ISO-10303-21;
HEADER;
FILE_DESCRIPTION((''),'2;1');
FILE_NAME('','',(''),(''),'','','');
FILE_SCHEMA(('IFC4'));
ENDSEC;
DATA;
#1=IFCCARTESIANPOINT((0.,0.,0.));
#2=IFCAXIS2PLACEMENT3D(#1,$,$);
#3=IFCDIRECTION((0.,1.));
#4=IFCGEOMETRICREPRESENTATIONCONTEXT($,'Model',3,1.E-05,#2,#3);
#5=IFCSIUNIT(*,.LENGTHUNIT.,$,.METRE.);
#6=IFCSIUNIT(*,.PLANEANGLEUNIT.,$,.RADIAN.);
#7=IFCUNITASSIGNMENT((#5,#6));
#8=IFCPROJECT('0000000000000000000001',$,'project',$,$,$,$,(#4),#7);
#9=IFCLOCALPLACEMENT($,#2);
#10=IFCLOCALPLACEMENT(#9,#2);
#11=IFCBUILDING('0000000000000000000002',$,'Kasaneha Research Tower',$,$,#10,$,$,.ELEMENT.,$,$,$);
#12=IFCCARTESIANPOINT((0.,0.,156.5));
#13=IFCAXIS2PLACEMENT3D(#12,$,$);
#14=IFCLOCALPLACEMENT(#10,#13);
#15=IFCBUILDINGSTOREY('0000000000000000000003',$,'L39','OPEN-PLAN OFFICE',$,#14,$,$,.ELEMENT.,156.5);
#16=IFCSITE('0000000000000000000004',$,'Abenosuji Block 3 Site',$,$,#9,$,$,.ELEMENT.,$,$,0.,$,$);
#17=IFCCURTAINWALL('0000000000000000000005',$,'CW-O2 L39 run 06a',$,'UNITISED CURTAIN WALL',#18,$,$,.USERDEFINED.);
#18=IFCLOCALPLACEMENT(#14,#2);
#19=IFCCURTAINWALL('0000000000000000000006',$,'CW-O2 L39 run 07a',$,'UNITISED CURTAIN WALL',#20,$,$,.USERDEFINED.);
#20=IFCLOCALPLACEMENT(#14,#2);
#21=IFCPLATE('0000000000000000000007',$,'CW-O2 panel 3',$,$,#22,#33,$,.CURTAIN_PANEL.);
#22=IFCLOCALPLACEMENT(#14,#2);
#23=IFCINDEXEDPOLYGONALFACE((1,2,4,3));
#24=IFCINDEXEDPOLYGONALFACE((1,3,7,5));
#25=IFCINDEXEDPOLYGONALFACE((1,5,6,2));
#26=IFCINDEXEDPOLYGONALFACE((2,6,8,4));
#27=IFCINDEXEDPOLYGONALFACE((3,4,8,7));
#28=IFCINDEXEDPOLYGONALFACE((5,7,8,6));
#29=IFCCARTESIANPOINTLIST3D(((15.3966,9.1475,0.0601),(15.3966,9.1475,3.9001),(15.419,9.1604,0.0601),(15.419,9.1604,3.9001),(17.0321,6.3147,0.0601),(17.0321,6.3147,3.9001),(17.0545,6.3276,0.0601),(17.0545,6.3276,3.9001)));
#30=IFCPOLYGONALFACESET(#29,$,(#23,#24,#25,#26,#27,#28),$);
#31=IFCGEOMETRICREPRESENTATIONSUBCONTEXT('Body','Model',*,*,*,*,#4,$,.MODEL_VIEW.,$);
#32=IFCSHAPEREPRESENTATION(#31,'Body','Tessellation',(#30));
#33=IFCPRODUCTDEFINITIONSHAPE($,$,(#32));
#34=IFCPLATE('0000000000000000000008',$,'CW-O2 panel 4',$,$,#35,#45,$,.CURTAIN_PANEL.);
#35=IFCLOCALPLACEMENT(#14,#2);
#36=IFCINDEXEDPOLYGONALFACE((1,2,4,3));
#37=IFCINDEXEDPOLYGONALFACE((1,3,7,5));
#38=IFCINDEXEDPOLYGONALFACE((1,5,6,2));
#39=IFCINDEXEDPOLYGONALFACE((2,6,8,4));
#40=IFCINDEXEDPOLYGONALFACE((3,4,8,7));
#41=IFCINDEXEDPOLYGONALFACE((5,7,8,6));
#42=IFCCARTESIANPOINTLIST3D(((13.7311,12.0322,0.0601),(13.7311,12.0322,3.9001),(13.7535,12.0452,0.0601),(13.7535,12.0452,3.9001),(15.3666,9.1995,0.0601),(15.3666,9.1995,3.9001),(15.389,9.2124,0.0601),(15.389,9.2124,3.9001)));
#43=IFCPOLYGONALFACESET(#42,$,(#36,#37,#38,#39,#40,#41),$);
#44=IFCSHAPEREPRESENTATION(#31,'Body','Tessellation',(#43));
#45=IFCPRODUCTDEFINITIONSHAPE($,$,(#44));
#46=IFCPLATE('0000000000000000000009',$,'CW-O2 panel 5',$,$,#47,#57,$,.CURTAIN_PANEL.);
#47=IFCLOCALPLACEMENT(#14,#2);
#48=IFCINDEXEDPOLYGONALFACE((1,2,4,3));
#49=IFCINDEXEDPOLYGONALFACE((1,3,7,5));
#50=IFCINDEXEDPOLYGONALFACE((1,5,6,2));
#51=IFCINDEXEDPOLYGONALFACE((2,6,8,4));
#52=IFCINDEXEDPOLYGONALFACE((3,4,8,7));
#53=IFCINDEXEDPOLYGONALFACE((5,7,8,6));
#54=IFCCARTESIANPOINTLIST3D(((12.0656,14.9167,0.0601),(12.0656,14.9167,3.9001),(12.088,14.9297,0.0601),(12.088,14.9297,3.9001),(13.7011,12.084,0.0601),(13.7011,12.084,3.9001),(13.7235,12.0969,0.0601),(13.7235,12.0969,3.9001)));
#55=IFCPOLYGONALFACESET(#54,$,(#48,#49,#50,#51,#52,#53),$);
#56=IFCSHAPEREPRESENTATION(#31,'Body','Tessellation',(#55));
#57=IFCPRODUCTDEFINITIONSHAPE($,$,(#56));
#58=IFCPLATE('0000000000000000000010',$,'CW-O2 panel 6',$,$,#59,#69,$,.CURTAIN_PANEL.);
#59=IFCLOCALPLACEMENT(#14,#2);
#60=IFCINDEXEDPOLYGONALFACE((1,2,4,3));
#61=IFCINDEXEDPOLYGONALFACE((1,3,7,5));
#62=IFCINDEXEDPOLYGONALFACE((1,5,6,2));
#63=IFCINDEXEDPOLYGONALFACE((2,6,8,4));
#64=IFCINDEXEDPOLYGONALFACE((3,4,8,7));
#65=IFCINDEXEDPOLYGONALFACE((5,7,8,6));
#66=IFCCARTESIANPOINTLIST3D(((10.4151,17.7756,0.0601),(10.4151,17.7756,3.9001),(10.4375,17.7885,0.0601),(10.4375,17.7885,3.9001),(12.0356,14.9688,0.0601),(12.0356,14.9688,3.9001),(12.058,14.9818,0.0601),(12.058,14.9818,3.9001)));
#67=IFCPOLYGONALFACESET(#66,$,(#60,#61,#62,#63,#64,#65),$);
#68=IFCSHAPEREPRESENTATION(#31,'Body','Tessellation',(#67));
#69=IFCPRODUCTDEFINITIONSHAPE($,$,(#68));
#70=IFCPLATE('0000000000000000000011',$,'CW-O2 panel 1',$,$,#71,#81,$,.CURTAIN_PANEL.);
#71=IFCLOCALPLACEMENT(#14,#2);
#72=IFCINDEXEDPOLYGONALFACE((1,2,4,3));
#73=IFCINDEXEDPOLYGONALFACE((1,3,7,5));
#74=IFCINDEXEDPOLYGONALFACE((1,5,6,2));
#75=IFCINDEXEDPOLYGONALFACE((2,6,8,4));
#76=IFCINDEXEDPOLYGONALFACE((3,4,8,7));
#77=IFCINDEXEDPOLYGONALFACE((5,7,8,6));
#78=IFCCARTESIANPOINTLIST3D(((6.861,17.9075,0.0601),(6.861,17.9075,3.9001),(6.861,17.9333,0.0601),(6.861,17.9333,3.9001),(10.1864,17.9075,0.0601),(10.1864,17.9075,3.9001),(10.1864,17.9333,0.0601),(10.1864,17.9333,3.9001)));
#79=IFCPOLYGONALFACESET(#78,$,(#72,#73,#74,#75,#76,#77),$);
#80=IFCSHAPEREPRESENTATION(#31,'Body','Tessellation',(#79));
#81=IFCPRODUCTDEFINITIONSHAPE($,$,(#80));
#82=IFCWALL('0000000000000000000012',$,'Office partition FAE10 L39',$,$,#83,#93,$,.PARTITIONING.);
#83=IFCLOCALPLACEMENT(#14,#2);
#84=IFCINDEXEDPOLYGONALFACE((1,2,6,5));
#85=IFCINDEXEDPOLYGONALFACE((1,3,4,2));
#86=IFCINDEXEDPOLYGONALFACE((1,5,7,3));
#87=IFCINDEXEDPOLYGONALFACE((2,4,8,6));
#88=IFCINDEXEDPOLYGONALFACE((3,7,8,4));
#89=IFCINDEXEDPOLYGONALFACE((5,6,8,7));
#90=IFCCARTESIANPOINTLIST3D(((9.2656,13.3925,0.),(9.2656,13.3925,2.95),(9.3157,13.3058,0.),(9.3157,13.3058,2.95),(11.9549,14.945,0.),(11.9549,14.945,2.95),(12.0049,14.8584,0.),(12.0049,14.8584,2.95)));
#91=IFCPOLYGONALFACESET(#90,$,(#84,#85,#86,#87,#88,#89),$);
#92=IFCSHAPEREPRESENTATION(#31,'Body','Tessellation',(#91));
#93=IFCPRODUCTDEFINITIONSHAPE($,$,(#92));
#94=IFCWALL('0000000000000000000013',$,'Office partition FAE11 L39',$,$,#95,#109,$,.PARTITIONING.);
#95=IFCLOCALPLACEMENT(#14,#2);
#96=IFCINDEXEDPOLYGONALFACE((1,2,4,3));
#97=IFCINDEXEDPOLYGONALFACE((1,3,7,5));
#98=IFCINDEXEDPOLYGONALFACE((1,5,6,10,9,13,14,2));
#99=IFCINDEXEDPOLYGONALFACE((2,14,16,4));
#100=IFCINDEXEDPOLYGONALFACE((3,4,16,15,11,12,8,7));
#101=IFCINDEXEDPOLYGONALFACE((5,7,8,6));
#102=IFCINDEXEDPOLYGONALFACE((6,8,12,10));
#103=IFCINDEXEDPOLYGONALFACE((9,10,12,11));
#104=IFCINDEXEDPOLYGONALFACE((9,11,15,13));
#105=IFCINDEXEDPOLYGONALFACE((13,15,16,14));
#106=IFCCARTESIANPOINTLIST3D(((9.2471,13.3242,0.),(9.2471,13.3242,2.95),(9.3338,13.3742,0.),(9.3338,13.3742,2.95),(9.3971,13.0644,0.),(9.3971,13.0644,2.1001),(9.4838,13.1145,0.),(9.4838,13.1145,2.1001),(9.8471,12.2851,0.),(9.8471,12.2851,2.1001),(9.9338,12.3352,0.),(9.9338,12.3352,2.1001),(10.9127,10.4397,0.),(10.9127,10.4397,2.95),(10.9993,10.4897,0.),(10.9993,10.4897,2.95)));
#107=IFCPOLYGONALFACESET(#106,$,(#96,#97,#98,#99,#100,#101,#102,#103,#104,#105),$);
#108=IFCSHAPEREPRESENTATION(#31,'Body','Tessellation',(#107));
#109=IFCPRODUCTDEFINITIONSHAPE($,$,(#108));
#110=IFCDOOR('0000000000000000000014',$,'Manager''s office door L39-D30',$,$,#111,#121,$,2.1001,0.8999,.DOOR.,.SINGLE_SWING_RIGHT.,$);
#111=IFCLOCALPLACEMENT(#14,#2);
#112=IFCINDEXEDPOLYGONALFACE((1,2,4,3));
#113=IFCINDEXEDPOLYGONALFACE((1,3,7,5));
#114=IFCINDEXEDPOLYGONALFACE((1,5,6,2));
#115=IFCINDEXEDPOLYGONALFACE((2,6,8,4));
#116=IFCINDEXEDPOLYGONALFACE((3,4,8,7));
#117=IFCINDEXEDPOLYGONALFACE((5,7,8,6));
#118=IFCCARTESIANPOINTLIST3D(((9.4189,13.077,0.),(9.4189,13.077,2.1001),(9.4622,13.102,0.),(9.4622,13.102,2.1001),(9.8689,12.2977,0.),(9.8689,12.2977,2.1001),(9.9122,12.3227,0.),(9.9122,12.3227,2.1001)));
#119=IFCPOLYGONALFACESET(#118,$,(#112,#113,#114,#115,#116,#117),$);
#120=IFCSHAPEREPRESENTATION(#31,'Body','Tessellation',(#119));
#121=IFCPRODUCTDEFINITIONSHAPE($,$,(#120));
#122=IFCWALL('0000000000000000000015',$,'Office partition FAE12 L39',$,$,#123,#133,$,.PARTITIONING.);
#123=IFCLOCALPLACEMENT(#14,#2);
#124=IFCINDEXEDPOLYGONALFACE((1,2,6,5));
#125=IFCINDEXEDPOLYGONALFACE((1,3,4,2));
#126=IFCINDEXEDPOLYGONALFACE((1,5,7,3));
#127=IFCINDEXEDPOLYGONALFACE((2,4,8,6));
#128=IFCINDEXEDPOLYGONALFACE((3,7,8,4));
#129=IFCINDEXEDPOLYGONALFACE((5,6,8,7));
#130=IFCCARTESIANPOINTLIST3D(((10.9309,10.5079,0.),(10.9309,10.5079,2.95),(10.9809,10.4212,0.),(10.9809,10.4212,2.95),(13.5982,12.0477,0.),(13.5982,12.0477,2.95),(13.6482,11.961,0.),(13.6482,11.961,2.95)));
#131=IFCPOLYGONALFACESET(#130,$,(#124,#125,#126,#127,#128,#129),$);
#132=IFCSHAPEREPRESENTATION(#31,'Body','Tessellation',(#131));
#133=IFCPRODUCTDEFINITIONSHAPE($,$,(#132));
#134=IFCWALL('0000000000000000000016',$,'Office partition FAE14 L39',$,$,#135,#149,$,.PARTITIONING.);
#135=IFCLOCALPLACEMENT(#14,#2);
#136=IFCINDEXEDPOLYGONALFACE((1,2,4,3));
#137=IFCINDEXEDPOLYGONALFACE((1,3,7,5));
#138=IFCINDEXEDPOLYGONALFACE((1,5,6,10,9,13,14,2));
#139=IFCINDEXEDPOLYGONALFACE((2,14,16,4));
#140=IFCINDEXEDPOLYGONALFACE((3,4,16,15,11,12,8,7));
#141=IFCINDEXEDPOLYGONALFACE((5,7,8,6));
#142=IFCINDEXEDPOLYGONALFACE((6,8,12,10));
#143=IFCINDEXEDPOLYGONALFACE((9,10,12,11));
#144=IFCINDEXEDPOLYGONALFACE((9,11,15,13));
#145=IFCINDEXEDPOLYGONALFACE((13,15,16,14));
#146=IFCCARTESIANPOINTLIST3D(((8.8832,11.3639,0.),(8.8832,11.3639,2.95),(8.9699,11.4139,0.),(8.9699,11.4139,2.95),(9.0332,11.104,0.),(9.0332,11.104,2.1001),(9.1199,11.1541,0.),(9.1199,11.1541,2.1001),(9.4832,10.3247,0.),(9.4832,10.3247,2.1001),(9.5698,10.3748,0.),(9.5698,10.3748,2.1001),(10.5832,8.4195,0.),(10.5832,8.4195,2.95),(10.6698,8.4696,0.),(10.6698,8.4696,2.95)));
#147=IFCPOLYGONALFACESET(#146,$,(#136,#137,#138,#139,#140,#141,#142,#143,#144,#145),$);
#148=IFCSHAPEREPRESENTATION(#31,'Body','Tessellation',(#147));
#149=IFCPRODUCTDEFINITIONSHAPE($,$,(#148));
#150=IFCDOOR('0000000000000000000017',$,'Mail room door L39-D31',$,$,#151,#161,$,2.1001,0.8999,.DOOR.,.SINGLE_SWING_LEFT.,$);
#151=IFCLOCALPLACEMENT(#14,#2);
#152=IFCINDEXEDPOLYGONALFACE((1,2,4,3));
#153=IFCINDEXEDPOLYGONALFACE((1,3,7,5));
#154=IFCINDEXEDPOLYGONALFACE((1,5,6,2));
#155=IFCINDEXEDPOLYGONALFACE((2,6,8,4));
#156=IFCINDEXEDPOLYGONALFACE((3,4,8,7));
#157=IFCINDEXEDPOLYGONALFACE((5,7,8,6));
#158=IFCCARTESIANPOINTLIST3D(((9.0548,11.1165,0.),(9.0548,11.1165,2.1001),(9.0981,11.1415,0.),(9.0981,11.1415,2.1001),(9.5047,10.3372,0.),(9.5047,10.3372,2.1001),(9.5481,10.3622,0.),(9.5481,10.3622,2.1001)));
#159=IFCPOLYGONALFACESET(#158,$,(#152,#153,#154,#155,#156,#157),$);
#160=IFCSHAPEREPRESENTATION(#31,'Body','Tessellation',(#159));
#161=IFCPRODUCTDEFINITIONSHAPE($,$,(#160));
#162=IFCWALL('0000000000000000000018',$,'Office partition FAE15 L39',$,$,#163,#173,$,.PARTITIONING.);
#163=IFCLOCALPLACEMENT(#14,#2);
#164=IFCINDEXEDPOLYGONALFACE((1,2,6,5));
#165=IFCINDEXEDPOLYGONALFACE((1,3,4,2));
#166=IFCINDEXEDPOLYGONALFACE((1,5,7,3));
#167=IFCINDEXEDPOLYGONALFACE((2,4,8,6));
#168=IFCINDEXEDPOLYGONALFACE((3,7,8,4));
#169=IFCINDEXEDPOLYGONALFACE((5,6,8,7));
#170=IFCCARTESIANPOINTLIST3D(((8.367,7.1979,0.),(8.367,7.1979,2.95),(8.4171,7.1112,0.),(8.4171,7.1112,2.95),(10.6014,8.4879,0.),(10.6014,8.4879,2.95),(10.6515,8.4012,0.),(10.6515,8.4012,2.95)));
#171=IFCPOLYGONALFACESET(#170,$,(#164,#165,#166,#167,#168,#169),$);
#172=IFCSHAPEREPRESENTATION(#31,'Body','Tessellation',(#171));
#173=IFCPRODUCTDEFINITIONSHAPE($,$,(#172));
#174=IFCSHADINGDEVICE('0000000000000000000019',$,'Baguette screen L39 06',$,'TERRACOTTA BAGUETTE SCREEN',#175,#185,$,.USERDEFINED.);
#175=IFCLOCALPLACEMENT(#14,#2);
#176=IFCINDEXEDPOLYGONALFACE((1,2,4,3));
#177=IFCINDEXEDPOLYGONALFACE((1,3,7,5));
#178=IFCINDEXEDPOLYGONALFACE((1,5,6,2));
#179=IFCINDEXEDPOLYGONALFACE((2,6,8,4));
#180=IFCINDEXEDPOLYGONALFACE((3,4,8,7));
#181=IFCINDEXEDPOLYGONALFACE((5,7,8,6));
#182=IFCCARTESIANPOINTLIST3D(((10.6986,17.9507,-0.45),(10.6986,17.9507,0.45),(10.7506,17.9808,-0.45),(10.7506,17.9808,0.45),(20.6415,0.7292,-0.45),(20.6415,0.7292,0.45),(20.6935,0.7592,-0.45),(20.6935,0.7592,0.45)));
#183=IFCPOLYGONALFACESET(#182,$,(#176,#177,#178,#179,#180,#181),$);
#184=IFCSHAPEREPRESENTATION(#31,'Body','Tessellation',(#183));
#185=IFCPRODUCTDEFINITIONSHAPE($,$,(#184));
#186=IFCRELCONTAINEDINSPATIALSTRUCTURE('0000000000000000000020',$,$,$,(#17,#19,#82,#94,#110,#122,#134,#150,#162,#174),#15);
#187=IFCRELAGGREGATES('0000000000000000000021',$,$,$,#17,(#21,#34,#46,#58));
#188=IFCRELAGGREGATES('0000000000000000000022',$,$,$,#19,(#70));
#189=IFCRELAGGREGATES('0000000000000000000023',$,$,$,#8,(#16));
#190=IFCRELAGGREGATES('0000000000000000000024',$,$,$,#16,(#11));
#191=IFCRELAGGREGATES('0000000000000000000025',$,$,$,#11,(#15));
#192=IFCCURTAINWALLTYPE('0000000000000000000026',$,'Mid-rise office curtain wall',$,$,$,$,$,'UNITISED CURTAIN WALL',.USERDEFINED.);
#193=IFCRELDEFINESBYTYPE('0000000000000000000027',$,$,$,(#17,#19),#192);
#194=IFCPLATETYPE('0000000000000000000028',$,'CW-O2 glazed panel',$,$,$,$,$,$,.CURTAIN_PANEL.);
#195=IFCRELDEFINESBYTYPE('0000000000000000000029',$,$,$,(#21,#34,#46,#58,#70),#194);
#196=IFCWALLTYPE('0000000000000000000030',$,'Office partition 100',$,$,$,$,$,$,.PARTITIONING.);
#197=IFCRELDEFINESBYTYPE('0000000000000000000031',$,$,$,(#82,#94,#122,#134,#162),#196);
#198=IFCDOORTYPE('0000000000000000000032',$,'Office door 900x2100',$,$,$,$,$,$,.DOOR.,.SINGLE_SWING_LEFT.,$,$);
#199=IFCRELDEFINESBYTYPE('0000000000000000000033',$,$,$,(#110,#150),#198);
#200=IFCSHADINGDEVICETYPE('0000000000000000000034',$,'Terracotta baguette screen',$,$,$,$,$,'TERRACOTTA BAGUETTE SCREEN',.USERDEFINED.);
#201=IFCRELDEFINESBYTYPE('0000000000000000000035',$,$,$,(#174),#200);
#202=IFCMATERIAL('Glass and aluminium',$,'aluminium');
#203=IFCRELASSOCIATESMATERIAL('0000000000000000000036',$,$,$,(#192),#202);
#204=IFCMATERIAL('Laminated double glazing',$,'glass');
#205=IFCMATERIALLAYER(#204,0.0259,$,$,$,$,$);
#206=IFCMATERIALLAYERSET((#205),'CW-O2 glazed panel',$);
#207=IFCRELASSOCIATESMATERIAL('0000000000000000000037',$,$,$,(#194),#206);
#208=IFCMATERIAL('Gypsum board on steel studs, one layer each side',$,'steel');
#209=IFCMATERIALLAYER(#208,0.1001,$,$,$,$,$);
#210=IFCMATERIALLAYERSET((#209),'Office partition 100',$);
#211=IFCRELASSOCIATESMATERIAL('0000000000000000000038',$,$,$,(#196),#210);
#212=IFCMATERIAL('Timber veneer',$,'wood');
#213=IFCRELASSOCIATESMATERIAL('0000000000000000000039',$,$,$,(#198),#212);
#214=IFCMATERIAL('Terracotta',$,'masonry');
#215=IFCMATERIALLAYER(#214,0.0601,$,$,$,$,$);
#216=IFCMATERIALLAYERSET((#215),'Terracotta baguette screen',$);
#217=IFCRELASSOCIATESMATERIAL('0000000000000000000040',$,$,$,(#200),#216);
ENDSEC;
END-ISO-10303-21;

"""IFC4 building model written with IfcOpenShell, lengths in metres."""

from ifc_helpers import new_model, si_unit, direction, frame, frame_2d, origin, origin_2d, place, context, subcontext, project, spatial, rectangle, extrude, material, layer, layer_set, type_object, element, fill, aggregate, save


model = new_model("IFC4")

# Units and contexts
model_context = context("Model", 3, precision=1e-05, world=origin(), true_north=direction((0.0, 1.0)))
body_context = subcontext(model_context, "Body", "Model", "MODEL_VIEW")
ifc_project = project(units=[si_unit("LENGTHUNIT", "METRE"), si_unit("PLANEANGLEUNIT", "RADIAN")], contexts=[model_context])

# Site, building, storey
site_placement = place(None, origin())
site = spatial("IfcSite", under=ifc_project, at=site_placement, Name="Abenosuji Block 3 Site", CompositionType="ELEMENT", RefElevation=0.0)
building_placement = place(site_placement, origin())
building = spatial("IfcBuilding", under=site, at=building_placement, Name="Kasaneha Research Tower", CompositionType="ELEMENT")
storey_placement = place(building_placement, frame((0.0, 0.0, 156.5)))
storey = spatial("IfcBuildingStorey", under=building, at=storey_placement, Name="L39", Description="OPEN-PLAN OFFICE", CompositionType="ELEMENT", Elevation=156.5)

# Curtain wall
ifc_material_1 = material(Name="Glass and aluminium", Category="aluminium")
curtain_wall_type = type_object("IfcCurtainWallType", Name="Mid-rise office curtain wall", ElementType="UNITISED CURTAIN WALL", PredefinedType="USERDEFINED", material=ifc_material_1)
curtain_wall_1_placement = place(storey_placement, origin())
curtain_wall_1 = element("IfcCurtainWall", 1, at=curtain_wall_1_placement, inside=storey, type_object=curtain_wall_type, Name="CW-O2 L39 run 06a", ObjectType="UNITISED CURTAIN WALL", PredefinedType="USERDEFINED")

# Curtain wall
curtain_wall_2_placement = place(storey_placement, origin())
curtain_wall_2 = element("IfcCurtainWall", 2, at=curtain_wall_2_placement, inside=storey, type_object=curtain_wall_type, Name="CW-O2 L39 run 07a", ObjectType="UNITISED CURTAIN WALL", PredefinedType="USERDEFINED")

# Plates
ifc_material_2 = material(Name="Laminated double glazing", Category="glass")
ifc_layer_1 = layer(ifc_material_2, 0.0259)
ifc_layer_set_1 = layer_set([ifc_layer_1], Name="CW-O2 glazed panel")
plate_type = type_object("IfcPlateType", Name="CW-O2 glazed panel", PredefinedType="CURTAIN_PANEL", material=ifc_layer_set_1)
plate_1_placement = place(storey_placement, frame((16.2256, 7.7375, 0.0601), z_axis=(0.0, 0.0, 1.0), x_axis=(-0.5, 0.866025, 0.0)))
plate_1 = element("IfcPlate", 3, at=plate_1_placement, type_object=plate_type, Name="CW-O2 panel 3", PredefinedType="CURTAIN_PANEL", context=body_context, shape_type="SweptSolid", body=[
    extrude(rectangle(XDim=3.271, YDim=0.0259, at=origin_2d()), origin(), (0.0, 0.0, 1.0), 3.8401),
])
plate_2_placement = place(storey_placement, frame((14.5601, 10.6223, 0.0601), z_axis=(0.0, 0.0, 1.0), x_axis=(-0.5, 0.866025, 0.0)))
plate_2 = element("IfcPlate", 4, at=plate_2_placement, type_object=plate_type, Name="CW-O2 panel 4", PredefinedType="CURTAIN_PANEL", context=body_context, shape_type="SweptSolid", body=[
    extrude(rectangle(XDim=3.271, YDim=0.0259, at=origin_2d()), origin(), (0.0, 0.0, 1.0), 3.8401),
])
plate_3_placement = place(storey_placement, frame((12.8945, 13.5068, 0.0601), z_axis=(0.0, 0.0, 1.0), x_axis=(-0.5, 0.866025, 0.0)))
plate_3 = element("IfcPlate", 5, at=plate_3_placement, type_object=plate_type, Name="CW-O2 panel 5", PredefinedType="CURTAIN_PANEL", context=body_context, shape_type="SweptSolid", body=[
    extrude(rectangle(XDim=3.271, YDim=0.0259, at=origin_2d()), origin(), (0.0, 0.0, 1.0), 3.8401),
])
plate_4_placement = place(storey_placement, frame((11.2366, 16.3787, 0.0601), z_axis=(0.0, 0.0, 1.0), x_axis=(-0.5, 0.866025, 0.0)))
plate_4 = element("IfcPlate", 6, at=plate_4_placement, type_object=plate_type, Name="CW-O2 panel 6", PredefinedType="CURTAIN_PANEL", context=body_context, shape_type="SweptSolid", body=[
    extrude(rectangle(XDim=3.241, YDim=0.0259, at=origin_2d()), origin(), (0.0, 0.0, 1.0), 3.8401),
])
aggregate(curtain_wall_1, [plate_1, plate_2, plate_3, plate_4])
plate_5_placement = place(storey_placement, frame((8.5237, 17.9204, 0.0601), z_axis=(0.0, 0.0, 1.0), x_axis=(-1.0, 0.0, 0.0)))
plate_5 = element("IfcPlate", 7, at=plate_5_placement, type_object=plate_type, Name="CW-O2 panel 1", PredefinedType="CURTAIN_PANEL", context=body_context, shape_type="SweptSolid", body=[
    extrude(rectangle(XDim=3.3254, YDim=0.0259, at=origin_2d()), origin(), (0.0, 0.0, 1.0), 3.8401),
])
aggregate(curtain_wall_2, [plate_5])

# Wall
ifc_material_3 = material(Name="Gypsum board on steel studs, one layer each side", Category="steel")
ifc_layer_2 = layer(ifc_material_3, 0.1001)
ifc_layer_set_2 = layer_set([ifc_layer_2], Name="Office partition 100")
wall_type = type_object("IfcWallType", Name="Office partition 100", PredefinedType="PARTITIONING", material=ifc_layer_set_2)
wall_1_placement = place(storey_placement, frame((9.2905, 13.3491, 0.0), z_axis=(0.0, 0.0, 1.0), x_axis=(0.866043, 0.49997, 0.0)))
element("IfcWall", 8, at=wall_1_placement, inside=storey, type_object=wall_type, Name="Office partition FAE10 L39", PredefinedType="PARTITIONING", context=body_context, shape_type="SweptSolid", body=[
    extrude(rectangle(XDim=3.1052, YDim=0.1001, at=frame_2d((1.5527, 0.0))), origin(), (0.0, 0.0, 1.0), 2.95),
])

# Wall, opening, door
wall_2_placement = place(storey_placement, frame((10.9561, 10.4646, 0.0), z_axis=(0.0, 0.0, 1.0), x_axis=(-0.500033, 0.866006, 0.0)))
wall_2 = element("IfcWall", 9, at=wall_2_placement, inside=storey, type_object=wall_type, Name="Office partition FAE11 L39", PredefinedType="PARTITIONING", context=body_context, shape_type="SweptSolid", body=[
    extrude(rectangle(XDim=3.3308, YDim=0.1001, at=frame_2d((1.6655, 0.0))), origin(), (0.0, 0.0, 1.0), 2.95),
])
opening_1_placement = place(wall_2_placement, frame((2.1311, 0.0, 0.0)))
opening_1 = element("IfcOpeningElement", 10, at=opening_1_placement, cuts=wall_2, PredefinedType="OPENING", context=body_context, shape_type="SweptSolid", body=[
    extrude(rectangle(XDim=0.8999, YDim=2.1001, at=frame_2d((0.45, 1.05))), frame((0.0, 0.0601, 0.0), z_axis=(0.0, -1.0, 0.0), x_axis=(1.0, 0.0, 0.0)), (0.0, 0.0, 1.0), 0.1201),
])
ifc_material_4 = material(Name="Timber veneer", Category="wood")
door_type = type_object("IfcDoorType", Name="Office door 900x2100", OperationType="SINGLE_SWING_LEFT", PredefinedType="DOOR", material=ifc_material_4)
door_1_placement = place(opening_1_placement, origin())
door_1 = element("IfcDoor", 11, at=door_1_placement, inside=storey, type_object=door_type, Name="Manager's office door L39-D30", OperationType="SINGLE_SWING_RIGHT", OverallHeight=2.1001, OverallWidth=0.8999, PredefinedType="DOOR", context=body_context, shape_type="SweptSolid", body=[
    extrude(rectangle(XDim=0.8999, YDim=2.1001, at=frame_2d((0.45, 1.05))), frame((0.0, 0.0249, 0.0), z_axis=(0.0, -1.0, 0.0), x_axis=(1.0, 0.0, 0.0)), (0.0, 0.0, 1.0), 0.05),
])
fill(opening_1, door_1)

# Wall
wall_3_placement = place(storey_placement, frame((13.6233, 12.0044, 0.0), z_axis=(0.0, 0.0, 1.0), x_axis=(-0.866044, -0.499967, 0.0)))
element("IfcWall", 12, at=wall_3_placement, inside=storey, type_object=wall_type, Name="Office partition FAE12 L39", PredefinedType="PARTITIONING", context=body_context, shape_type="SweptSolid", body=[
    extrude(rectangle(XDim=3.0798, YDim=0.1001, at=frame_2d((1.54, 0.0))), origin(), (0.0, 0.0, 1.0), 2.95),
])

# Wall, opening, door
wall_4_placement = place(storey_placement, frame((8.9265, 11.3889, 0.0), z_axis=(0.0, 0.0, 1.0), x_axis=(0.500008, -0.866021, 0.0)))
wall_4 = element("IfcWall", 13, at=wall_4_placement, inside=storey, type_object=wall_type, Name="Office partition FAE14 L39", PredefinedType="PARTITIONING", context=body_context, shape_type="SweptSolid", body=[
    extrude(rectangle(XDim=3.3999, YDim=0.1001, at=frame_2d((1.7, 0.0))), origin(), (0.0, 0.0, 1.0), 2.95),
])
opening_2_placement = place(wall_4_placement, frame((0.3, 0.0, 0.0)))
opening_2 = element("IfcOpeningElement", 14, at=opening_2_placement, cuts=wall_4, PredefinedType="OPENING", context=body_context, shape_type="SweptSolid", body=[
    extrude(rectangle(XDim=0.8999, YDim=2.1001, at=frame_2d((0.45, 1.05))), frame((0.0, 0.0601, 0.0), z_axis=(0.0, -1.0, 0.0), x_axis=(1.0, 0.0, 0.0)), (0.0, 0.0, 1.0), 0.1201),
])
door_2_placement = place(opening_2_placement, origin())
door_2 = element("IfcDoor", 15, at=door_2_placement, inside=storey, type_object=door_type, Name="Mail room door L39-D31", OperationType="SINGLE_SWING_LEFT", OverallHeight=2.1001, OverallWidth=0.8999, PredefinedType="DOOR", context=body_context, shape_type="SweptSolid", body=[
    extrude(rectangle(XDim=0.8999, YDim=2.1001, at=frame_2d((0.45, 1.05))), frame((0.0, 0.0249, 0.0), z_axis=(0.0, -1.0, 0.0), x_axis=(1.0, 0.0, 0.0)), (0.0, 0.0, 1.0), 0.05),
])
fill(opening_2, door_2)

# Wall
wall_5_placement = place(storey_placement, frame((10.6265, 8.4446, 0.0), z_axis=(0.0, 0.0, 1.0), x_axis=(-0.866022, -0.500006, 0.0)))
element("IfcWall", 16, at=wall_5_placement, inside=storey, type_object=wall_type, Name="Office partition FAE15 L39", PredefinedType="PARTITIONING", context=body_context, shape_type="SweptSolid", body=[
    extrude(rectangle(XDim=2.5801, YDim=0.1001, at=frame_2d((1.29, 0.0))), origin(), (0.0, 0.0, 1.0), 2.95),
])

# Shading device
ifc_material_5 = material(Name="Terracotta", Category="masonry")
ifc_layer_3 = layer(ifc_material_5, 0.0601)
ifc_layer_set_3 = layer_set([ifc_layer_3], Name="Terracotta baguette screen")
shading_device_type = type_object("IfcShadingDeviceType", Name="Terracotta baguette screen", ElementType="TERRACOTTA BAGUETTE SCREEN", PredefinedType="USERDEFINED", material=ifc_layer_set_3)
shading_device_placement = place(storey_placement, frame((15.696, 9.355, -0.45), z_axis=(0.0, 0.0, 1.0), x_axis=(-0.5, 0.866025, 0.0)))
element("IfcShadingDevice", 17, at=shading_device_placement, inside=storey, type_object=shading_device_type, Name="Baguette screen L39 06", ObjectType="TERRACOTTA BAGUETTE SCREEN", PredefinedType="USERDEFINED", context=body_context, shape_type="SweptSolid", body=[
    extrude(rectangle(XDim=19.8857, YDim=0.0601, at=origin_2d()), origin(), (0.0, 0.0, 1.0), 0.8999),
])

save(model, "model.ifc")
